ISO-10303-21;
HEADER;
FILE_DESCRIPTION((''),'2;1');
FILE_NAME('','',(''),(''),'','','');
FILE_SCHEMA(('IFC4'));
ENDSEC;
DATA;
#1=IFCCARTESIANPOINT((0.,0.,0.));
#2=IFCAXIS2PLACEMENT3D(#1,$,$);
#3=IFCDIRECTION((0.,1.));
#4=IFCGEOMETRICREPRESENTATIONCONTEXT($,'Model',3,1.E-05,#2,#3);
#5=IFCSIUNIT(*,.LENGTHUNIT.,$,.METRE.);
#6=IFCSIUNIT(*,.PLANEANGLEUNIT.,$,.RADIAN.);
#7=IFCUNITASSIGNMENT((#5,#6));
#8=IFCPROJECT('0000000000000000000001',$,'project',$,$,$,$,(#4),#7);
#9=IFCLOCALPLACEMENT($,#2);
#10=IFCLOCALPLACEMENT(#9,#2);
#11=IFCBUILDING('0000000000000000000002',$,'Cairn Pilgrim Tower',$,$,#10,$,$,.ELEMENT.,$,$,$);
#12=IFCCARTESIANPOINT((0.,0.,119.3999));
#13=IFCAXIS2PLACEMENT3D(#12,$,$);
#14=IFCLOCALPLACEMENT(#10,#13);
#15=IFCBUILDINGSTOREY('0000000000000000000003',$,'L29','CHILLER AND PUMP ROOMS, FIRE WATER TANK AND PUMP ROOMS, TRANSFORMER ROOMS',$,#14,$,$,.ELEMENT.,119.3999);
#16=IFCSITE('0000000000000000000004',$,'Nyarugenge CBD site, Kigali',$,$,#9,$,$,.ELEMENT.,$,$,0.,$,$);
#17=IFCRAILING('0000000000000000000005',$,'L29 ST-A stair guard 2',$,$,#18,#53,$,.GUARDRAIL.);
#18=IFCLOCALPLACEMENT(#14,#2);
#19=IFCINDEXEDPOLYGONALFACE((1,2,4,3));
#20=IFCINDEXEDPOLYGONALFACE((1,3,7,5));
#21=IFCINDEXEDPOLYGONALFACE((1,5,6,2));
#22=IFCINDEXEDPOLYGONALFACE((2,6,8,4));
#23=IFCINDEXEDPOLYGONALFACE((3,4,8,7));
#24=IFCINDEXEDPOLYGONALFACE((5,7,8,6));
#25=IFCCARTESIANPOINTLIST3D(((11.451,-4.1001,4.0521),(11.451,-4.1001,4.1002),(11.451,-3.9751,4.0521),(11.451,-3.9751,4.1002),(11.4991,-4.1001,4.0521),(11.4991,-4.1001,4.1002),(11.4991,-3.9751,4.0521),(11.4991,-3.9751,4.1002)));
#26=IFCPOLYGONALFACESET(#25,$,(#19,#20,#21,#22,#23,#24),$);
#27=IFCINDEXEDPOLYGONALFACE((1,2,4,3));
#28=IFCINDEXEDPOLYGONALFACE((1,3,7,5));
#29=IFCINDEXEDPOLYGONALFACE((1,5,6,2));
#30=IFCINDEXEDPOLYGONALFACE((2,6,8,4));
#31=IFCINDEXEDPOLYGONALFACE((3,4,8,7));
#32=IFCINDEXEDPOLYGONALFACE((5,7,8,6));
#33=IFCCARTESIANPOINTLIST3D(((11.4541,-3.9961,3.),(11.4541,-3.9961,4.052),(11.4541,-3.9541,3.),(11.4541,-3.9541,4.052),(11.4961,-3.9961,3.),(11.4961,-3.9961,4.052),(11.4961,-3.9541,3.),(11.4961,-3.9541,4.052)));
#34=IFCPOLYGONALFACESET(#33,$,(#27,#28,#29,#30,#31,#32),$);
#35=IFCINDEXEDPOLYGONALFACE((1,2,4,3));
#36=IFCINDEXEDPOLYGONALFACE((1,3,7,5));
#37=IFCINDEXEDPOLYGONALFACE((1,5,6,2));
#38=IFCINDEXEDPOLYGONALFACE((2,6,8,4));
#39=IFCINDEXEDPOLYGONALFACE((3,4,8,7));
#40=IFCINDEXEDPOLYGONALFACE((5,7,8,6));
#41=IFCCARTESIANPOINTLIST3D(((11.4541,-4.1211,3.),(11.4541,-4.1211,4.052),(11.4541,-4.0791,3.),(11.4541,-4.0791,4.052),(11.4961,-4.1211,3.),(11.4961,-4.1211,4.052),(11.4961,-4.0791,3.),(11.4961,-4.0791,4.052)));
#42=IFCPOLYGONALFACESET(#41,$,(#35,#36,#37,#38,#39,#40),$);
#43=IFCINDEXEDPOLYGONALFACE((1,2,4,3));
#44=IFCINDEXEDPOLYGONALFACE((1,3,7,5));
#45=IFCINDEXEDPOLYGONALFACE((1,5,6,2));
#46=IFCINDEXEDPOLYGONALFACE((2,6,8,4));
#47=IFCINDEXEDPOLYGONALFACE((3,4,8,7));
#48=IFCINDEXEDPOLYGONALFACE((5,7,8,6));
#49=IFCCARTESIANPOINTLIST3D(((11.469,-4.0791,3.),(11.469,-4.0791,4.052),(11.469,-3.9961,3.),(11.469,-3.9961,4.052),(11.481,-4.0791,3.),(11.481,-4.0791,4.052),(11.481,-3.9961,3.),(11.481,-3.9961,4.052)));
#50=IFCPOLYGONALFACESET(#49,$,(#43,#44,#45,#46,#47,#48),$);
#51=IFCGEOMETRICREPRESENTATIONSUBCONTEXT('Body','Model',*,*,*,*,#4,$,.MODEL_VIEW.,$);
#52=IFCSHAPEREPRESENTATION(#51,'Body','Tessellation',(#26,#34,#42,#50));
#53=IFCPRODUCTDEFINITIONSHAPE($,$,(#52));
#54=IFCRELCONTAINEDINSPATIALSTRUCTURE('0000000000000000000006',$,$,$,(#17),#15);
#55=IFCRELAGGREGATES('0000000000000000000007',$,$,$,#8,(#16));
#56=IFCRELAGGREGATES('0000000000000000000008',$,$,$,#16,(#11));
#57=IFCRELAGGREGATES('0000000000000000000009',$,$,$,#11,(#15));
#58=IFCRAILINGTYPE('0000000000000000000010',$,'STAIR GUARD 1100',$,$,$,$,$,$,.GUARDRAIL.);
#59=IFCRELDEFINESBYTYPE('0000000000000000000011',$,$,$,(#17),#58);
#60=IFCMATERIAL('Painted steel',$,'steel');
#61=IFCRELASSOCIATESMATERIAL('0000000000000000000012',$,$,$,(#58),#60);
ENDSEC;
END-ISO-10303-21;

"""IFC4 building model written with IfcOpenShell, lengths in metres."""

from ifc_helpers import new_model, si_unit, direction, frame, origin, origin_2d, place, context, subcontext, project, spatial, polyline, rectangle, outline, extrude, material, type_object, element, save


model = new_model("IFC4")

# Units and contexts
model_context = context("Model", 3, precision=1e-05, world=origin(), true_north=direction((0.0, 1.0)))
body_context = subcontext(model_context, "Body", "Model", "MODEL_VIEW")
ifc_project = project(units=[si_unit("LENGTHUNIT", "METRE"), si_unit("PLANEANGLEUNIT", "RADIAN")], contexts=[model_context])

# Site, building, storey
site_placement = place(None, origin())
site = spatial("IfcSite", under=ifc_project, at=site_placement, Name="Nyarugenge CBD site, Kigali", CompositionType="ELEMENT", RefElevation=0.0)
building_placement = place(site_placement, origin())
building = spatial("IfcBuilding", under=site, at=building_placement, Name="Cairn Pilgrim Tower", CompositionType="ELEMENT")
storey_placement = place(building_placement, frame((0.0, 0.0, 119.3999)))
storey = spatial("IfcBuildingStorey", under=building, at=storey_placement, Name="L29", Description="CHILLER AND PUMP ROOMS, FIRE WATER TANK AND PUMP ROOMS, TRANSFORMER ROOMS", CompositionType="ELEMENT", Elevation=119.3999)

# Railing
ifc_material_1 = material(Name="Painted steel", Category="steel")
railing_type_1 = type_object("IfcRailingType", Name="STAIR GUARD 1100", PredefinedType="GUARDRAIL", material=ifc_material_1)
railing_1_placement = place(storey_placement, frame((11.4751, -3.9751, 3.0)))
element("IfcRailing", 1, at=railing_1_placement, inside=storey, type_object=railing_type_1, Name="L29 ST-A stair guard 2", PredefinedType="GUARDRAIL", context=body_context, shape_type="SweptSolid", body=[
    extrude(rectangle(XDim=0.0481, YDim=0.0481, at=origin_2d()), frame((0.0, 0.0, 1.0762), z_axis=(0.0, -1.0, 0.0), x_axis=(1.0, 0.0, 0.0)), (0.0, 0.0, 1.0), 0.125),
    extrude(rectangle(XDim=0.042, YDim=0.042, at=origin_2d()), origin(), (0.0, 0.0, 1.0), 1.052),
    extrude(rectangle(XDim=0.042, YDim=0.042, at=origin_2d()), frame((0.0, -0.125, 0.0)), (0.0, 0.0, 1.0), 1.052),
    extrude(outline(polyline([(0.021, 0.0), (0.104, 0.0), (0.104, 1.052), (0.021, 1.052), (0.021, 0.0)])), frame((0.0059, 0.0, 0.0), z_axis=(-1.0, 0.0, 0.0), x_axis=(0.0, -1.0, 0.0)), (0.0, 0.0, 1.0), 0.012),
])

save(model, "model.ifc")
